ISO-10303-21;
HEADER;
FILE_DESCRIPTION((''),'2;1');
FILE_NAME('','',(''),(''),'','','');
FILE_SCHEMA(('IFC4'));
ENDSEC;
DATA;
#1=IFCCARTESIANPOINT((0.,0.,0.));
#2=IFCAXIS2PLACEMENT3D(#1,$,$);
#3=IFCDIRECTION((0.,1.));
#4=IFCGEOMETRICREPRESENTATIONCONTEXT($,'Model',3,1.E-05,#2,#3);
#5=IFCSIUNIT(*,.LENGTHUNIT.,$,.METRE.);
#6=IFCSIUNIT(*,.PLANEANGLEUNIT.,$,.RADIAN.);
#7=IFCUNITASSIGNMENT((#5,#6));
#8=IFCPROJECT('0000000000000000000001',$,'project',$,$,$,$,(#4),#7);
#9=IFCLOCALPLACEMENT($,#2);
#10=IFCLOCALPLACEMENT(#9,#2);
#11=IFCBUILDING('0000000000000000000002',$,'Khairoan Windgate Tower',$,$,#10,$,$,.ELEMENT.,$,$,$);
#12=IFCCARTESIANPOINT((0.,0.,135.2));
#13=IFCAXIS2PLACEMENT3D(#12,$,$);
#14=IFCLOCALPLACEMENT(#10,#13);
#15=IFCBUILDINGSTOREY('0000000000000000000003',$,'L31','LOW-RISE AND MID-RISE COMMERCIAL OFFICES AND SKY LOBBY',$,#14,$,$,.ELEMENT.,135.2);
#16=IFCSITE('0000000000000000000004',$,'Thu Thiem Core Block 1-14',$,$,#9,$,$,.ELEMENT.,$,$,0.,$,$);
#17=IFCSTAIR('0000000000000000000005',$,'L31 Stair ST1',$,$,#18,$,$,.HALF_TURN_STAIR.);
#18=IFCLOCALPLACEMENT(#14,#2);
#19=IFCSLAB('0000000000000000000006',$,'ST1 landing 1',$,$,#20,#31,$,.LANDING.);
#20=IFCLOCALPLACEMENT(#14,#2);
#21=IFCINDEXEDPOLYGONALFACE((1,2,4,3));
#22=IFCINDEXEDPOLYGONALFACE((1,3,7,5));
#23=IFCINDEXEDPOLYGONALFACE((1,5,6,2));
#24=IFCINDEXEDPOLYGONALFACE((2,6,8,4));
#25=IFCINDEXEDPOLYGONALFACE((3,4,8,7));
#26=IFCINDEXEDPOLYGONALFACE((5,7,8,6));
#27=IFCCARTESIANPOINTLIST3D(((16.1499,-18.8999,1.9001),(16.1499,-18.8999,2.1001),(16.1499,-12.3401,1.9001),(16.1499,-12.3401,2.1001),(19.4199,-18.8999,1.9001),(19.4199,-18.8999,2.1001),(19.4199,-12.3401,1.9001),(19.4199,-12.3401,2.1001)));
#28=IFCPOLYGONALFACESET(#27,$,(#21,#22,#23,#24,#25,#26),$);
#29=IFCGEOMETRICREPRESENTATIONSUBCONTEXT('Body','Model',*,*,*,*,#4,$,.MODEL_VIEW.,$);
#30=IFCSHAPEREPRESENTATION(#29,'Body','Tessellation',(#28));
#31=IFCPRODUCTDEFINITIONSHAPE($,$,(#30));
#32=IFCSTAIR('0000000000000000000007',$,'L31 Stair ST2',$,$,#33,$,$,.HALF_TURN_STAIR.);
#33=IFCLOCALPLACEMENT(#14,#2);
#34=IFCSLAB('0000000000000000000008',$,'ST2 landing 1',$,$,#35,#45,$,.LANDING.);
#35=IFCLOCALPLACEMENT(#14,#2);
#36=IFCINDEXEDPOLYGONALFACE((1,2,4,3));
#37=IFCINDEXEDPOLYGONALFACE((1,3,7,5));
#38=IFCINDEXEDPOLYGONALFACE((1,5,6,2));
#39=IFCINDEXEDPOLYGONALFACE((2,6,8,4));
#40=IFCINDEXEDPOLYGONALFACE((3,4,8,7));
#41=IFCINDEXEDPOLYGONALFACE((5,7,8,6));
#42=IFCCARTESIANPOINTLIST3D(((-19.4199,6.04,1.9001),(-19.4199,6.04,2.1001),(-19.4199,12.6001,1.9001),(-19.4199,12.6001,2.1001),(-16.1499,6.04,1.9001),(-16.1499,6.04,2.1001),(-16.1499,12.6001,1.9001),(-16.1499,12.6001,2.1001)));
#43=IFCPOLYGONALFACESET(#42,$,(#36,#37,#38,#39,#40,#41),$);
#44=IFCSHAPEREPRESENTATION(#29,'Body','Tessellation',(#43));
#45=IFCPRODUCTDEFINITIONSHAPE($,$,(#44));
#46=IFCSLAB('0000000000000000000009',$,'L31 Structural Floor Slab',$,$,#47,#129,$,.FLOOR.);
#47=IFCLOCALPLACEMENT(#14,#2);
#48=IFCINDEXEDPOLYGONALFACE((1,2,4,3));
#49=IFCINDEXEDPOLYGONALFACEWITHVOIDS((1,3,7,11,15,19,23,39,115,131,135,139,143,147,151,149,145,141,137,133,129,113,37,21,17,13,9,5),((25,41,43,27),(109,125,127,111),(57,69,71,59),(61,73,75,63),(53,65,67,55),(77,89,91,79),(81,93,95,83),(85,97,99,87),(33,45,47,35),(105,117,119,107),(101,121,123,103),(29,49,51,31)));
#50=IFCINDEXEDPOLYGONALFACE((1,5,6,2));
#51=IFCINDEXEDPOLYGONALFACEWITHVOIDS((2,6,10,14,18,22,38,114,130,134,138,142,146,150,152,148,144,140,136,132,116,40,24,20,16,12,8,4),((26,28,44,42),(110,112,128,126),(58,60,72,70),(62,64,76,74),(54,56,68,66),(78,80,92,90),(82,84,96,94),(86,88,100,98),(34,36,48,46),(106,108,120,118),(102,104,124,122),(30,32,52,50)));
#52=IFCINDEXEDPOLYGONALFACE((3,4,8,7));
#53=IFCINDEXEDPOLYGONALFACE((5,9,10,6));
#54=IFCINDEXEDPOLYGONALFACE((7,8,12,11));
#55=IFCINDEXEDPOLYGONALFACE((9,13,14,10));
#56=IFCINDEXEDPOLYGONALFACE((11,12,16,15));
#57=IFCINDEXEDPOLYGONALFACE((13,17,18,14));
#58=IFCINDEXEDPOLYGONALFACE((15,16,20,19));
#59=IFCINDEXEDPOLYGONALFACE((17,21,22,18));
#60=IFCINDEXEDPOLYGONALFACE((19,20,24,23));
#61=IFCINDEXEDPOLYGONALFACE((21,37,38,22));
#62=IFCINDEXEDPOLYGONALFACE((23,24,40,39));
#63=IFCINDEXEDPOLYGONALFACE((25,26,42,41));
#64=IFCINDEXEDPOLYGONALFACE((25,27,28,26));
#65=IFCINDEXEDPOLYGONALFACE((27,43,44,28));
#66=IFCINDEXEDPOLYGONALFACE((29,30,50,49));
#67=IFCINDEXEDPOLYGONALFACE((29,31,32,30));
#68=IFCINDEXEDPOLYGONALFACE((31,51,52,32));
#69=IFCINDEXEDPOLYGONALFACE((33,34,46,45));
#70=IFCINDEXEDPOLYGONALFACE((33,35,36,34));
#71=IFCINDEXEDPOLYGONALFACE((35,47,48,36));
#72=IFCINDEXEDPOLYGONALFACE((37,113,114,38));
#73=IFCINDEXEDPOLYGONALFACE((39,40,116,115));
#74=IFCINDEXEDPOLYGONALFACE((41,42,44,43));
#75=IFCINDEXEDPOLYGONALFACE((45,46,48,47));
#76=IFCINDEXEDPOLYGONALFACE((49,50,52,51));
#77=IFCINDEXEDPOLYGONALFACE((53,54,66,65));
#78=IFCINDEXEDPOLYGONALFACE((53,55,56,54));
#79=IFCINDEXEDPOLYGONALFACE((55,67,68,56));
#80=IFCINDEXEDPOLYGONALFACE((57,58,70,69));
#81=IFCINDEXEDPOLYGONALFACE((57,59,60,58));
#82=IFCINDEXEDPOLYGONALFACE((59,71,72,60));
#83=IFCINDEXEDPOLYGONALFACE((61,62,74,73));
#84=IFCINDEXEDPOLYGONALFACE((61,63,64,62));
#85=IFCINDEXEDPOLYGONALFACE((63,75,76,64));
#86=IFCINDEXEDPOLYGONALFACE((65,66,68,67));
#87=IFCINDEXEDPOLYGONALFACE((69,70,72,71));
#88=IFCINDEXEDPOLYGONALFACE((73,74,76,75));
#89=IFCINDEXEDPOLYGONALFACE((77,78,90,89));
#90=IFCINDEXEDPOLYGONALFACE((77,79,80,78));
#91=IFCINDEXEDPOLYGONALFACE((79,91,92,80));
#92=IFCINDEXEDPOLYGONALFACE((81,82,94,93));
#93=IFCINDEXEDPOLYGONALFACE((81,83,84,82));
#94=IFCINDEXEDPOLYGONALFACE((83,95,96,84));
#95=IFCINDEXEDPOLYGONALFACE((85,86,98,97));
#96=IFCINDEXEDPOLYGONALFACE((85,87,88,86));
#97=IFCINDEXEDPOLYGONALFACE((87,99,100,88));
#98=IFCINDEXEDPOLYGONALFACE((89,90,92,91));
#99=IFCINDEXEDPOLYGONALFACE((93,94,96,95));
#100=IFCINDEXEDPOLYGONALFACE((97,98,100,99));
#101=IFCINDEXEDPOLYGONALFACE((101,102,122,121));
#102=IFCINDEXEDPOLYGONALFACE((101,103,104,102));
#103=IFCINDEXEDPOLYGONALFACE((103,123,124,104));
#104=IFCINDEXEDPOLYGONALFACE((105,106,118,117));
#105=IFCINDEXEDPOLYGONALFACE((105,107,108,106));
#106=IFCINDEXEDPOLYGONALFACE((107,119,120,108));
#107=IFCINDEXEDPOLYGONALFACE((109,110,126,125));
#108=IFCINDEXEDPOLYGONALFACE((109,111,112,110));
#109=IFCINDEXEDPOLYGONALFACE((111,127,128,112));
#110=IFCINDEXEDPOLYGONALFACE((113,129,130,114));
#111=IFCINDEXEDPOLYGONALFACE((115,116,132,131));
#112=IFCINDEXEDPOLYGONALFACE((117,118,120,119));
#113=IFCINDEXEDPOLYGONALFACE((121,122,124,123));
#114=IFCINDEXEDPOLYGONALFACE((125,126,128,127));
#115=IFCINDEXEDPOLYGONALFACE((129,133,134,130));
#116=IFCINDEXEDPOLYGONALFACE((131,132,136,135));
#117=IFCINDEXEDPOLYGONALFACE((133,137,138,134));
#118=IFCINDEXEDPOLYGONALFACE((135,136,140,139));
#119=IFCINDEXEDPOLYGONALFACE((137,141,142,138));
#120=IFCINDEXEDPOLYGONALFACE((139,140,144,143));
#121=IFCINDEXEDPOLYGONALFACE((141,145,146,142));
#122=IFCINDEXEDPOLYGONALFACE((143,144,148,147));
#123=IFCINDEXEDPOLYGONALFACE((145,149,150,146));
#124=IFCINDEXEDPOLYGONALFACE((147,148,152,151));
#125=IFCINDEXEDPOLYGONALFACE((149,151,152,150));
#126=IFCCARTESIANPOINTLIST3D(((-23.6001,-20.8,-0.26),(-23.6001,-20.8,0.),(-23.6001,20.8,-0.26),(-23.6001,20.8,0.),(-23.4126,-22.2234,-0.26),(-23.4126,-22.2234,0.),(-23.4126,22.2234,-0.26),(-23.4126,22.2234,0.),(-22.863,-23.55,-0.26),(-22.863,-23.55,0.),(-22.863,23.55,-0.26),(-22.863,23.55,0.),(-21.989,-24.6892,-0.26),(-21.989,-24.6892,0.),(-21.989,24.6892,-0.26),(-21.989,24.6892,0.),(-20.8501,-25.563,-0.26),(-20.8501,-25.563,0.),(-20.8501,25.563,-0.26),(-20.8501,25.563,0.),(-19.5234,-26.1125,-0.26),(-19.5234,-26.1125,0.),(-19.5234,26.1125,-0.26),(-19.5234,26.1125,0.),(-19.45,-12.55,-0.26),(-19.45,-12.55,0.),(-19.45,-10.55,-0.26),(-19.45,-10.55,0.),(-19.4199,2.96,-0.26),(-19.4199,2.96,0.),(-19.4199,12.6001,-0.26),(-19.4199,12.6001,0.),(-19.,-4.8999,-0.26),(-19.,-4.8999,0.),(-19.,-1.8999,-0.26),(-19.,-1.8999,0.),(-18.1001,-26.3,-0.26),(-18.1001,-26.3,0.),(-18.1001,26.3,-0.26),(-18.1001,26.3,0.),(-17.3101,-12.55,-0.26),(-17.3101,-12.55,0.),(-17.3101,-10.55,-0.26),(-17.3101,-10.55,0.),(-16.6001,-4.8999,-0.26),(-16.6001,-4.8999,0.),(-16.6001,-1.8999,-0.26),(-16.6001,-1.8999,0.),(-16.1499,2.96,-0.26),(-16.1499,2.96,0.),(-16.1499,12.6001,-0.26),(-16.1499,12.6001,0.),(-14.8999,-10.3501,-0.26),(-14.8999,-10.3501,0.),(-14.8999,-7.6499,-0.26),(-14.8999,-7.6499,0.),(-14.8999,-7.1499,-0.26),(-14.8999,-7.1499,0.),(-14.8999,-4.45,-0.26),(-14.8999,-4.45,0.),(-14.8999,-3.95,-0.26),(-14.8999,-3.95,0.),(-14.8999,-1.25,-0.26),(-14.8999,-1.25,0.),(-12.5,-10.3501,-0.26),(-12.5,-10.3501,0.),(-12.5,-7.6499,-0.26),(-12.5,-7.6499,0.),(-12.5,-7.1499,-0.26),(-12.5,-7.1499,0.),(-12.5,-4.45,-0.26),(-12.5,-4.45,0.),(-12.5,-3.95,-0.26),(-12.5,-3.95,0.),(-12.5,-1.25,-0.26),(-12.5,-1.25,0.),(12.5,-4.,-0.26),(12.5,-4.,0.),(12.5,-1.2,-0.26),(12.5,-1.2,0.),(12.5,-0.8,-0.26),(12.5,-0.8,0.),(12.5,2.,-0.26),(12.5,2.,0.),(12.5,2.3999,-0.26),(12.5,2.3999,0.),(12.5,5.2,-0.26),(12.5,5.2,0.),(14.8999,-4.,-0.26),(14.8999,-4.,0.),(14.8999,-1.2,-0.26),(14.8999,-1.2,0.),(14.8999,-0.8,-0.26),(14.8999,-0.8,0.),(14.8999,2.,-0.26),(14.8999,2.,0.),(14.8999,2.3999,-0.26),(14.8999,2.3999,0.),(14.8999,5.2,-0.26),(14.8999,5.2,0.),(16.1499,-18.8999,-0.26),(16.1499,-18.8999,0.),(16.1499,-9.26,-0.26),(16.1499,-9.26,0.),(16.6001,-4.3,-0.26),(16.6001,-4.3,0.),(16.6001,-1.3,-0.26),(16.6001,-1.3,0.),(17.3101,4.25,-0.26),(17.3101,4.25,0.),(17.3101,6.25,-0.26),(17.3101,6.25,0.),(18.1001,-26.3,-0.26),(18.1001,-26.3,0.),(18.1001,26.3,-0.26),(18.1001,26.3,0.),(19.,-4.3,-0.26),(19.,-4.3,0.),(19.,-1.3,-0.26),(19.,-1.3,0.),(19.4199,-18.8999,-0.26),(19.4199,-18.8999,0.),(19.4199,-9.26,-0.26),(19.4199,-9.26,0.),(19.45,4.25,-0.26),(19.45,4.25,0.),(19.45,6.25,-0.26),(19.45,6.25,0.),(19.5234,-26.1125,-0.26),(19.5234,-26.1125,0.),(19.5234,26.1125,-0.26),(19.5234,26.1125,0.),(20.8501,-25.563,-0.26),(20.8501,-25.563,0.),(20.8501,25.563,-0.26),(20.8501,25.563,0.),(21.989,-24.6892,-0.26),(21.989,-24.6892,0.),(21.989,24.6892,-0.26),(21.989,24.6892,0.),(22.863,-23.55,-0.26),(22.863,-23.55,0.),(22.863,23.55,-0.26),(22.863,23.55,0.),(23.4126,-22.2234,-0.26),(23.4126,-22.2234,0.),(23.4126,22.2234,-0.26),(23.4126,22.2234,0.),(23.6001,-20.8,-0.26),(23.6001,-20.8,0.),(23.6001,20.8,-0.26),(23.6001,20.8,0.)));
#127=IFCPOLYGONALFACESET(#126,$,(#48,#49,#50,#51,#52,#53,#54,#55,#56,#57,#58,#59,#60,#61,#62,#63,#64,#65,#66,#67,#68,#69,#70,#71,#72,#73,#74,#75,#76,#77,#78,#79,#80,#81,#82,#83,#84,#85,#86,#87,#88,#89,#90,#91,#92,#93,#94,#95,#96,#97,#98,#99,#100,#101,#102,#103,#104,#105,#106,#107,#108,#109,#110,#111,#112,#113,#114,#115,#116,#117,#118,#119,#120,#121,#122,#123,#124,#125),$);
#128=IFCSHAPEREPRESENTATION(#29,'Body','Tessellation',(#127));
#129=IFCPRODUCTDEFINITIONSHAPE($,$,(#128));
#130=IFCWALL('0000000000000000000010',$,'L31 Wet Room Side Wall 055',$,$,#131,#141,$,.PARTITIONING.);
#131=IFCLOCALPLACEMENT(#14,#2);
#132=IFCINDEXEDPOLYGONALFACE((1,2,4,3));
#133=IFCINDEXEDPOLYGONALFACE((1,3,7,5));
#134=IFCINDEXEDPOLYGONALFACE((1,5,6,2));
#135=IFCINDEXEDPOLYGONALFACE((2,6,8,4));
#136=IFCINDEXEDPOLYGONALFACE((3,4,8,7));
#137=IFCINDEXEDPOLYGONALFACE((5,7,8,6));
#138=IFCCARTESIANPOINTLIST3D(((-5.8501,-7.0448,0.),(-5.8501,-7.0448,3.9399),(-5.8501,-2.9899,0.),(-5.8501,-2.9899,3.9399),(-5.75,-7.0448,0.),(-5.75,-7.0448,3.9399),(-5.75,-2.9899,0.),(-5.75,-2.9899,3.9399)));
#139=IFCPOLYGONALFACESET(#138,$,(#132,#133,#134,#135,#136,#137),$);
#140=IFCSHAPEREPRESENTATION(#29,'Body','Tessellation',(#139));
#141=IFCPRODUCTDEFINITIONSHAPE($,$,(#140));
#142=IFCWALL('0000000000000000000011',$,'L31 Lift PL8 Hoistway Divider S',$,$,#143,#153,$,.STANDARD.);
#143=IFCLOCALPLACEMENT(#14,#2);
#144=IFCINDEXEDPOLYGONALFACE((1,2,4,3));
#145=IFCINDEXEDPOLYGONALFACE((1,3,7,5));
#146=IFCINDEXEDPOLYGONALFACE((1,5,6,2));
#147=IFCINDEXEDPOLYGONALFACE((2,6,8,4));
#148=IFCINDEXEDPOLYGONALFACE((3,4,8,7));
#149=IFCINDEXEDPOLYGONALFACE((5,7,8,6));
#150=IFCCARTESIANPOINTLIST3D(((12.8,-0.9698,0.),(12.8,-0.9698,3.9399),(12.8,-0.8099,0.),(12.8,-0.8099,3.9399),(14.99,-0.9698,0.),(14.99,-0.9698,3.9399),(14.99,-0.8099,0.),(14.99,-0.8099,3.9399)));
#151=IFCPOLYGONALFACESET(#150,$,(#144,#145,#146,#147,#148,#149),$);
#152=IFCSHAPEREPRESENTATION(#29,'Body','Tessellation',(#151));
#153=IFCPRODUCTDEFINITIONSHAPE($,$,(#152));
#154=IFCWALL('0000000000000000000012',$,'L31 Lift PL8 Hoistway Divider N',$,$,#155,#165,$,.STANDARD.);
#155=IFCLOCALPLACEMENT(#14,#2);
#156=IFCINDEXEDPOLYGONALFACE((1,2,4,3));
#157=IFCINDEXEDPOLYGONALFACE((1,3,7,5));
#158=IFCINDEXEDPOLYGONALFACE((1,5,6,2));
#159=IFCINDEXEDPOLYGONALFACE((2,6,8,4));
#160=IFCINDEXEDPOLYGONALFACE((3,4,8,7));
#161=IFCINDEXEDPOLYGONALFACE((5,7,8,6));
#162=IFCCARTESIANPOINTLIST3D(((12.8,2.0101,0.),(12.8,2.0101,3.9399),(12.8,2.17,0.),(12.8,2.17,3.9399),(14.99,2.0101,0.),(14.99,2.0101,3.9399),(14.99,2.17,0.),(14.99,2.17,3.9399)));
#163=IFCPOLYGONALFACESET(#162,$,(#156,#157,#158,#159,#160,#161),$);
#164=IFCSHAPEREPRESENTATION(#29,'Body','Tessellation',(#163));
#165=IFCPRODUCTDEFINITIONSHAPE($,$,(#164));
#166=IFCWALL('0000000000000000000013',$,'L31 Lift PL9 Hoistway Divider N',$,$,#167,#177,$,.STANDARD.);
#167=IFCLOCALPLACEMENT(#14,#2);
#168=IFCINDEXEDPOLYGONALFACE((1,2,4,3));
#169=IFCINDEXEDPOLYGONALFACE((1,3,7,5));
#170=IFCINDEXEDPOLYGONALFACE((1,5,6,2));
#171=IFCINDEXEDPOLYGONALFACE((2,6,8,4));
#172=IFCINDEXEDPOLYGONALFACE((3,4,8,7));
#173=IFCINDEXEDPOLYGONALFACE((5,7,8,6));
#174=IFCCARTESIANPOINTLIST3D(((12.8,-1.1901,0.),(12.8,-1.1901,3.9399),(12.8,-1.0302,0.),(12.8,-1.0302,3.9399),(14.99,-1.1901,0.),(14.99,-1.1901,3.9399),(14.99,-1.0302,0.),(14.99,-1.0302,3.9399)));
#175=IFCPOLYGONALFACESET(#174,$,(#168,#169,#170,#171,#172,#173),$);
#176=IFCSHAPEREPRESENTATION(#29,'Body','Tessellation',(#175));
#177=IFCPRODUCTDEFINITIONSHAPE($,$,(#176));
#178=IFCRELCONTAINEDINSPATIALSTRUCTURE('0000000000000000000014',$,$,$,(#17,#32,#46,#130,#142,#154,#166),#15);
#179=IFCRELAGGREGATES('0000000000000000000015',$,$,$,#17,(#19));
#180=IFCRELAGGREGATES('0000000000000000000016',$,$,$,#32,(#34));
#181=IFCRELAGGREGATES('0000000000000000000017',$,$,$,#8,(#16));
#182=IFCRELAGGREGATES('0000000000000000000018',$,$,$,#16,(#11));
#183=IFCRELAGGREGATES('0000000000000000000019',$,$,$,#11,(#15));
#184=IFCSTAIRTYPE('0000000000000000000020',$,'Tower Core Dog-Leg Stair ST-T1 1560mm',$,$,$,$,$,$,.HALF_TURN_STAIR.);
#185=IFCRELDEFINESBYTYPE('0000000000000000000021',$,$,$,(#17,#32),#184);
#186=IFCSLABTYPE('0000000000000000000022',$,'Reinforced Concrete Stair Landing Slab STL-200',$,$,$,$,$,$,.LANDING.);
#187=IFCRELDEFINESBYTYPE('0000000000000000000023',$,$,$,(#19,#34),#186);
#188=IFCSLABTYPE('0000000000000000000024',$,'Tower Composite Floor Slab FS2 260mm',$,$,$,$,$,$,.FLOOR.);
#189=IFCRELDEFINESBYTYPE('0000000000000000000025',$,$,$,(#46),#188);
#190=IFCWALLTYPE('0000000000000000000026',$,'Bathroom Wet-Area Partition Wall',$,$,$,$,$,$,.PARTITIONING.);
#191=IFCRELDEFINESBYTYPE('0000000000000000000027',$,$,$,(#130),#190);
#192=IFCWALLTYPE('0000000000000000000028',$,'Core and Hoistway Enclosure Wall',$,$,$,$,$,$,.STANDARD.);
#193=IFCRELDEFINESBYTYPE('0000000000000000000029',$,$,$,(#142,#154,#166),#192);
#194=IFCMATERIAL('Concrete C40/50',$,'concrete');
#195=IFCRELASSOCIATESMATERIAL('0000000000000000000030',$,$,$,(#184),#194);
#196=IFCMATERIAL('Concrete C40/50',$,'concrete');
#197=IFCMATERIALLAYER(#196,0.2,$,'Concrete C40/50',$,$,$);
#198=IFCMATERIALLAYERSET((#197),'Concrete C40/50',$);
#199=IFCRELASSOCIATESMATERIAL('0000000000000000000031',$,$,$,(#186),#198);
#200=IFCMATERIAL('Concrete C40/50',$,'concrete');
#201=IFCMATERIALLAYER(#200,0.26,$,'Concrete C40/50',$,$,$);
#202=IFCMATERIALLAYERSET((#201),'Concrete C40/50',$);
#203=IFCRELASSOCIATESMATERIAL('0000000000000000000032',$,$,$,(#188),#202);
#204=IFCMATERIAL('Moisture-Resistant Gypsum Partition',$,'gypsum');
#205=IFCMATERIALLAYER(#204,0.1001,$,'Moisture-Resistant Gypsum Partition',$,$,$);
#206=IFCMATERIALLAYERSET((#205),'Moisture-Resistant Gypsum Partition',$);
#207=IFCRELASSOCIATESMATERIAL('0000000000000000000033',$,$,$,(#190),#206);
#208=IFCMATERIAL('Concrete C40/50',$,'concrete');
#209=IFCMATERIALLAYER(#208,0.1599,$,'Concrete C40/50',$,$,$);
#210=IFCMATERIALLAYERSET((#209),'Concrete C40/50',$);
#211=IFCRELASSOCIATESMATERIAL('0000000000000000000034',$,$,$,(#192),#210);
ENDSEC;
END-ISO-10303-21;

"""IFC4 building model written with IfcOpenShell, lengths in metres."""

from ifc_helpers import new_model, si_unit, direction, frame, frame_2d, origin, place, context, subcontext, project, spatial, polyline, rectangle, outline, extrude, material, layer, layer_set, type_object, element, aggregate, save


model = new_model("IFC4")

# Units and contexts
model_context = context("Model", 3, precision=1e-05, world=origin(), true_north=direction((0.0, 1.0)))
body_context = subcontext(model_context, "Body", "Model", "MODEL_VIEW")
ifc_project = project(units=[si_unit("LENGTHUNIT", "METRE"), si_unit("PLANEANGLEUNIT", "RADIAN")], contexts=[model_context])

# Site, building, storey
site_placement = place(None, origin())
site = spatial("IfcSite", under=ifc_project, at=site_placement, Name="Thu Thiem Core Block 1-14", CompositionType="ELEMENT", RefElevation=0.0)
building_placement = place(site_placement, origin())
building = spatial("IfcBuilding", under=site, at=building_placement, Name="Khairoan Windgate Tower", CompositionType="ELEMENT")
storey_placement = place(building_placement, frame((0.0, 0.0, 135.2)))
storey = spatial("IfcBuildingStorey", under=building, at=storey_placement, Name="L31", Description="LOW-RISE AND MID-RISE COMMERCIAL OFFICES AND SKY LOBBY", CompositionType="ELEMENT", Elevation=135.2)

# Stairs, slabs
ifc_material_1 = material(Name="Concrete C40/50", Category="concrete")
stair_type = type_object("IfcStairType", Name="Tower Core Dog-Leg Stair ST-T1 1560mm", PredefinedType="HALF_TURN_STAIR", material=ifc_material_1)
stair_1_placement = place(storey_placement, origin())
stair_1 = element("IfcStair", 1, at=stair_1_placement, inside=storey, type_object=stair_type, Name="L31 Stair ST1", PredefinedType="HALF_TURN_STAIR")
ifc_material_2 = material(Name="Concrete C40/50", Category="concrete")
ifc_layer_1 = layer(ifc_material_2, 0.2, Name="Concrete C40/50")
ifc_layer_set_1 = layer_set([ifc_layer_1], Name="Concrete C40/50")
slab_type_1 = type_object("IfcSlabType", Name="Reinforced Concrete Stair Landing Slab STL-200", PredefinedType="LANDING", material=ifc_layer_set_1)
slab_1_placement = place(storey_placement, frame((0.0, 0.0, 1.9001)))
slab_1 = element("IfcSlab", 2, at=slab_1_placement, type_object=slab_type_1, Name="ST1 landing 1", PredefinedType="LANDING", context=body_context, shape_type="SweptSolid", body=[
    extrude(outline(polyline([(16.1499, -12.3401), (16.1499, -18.8999), (19.4199, -18.8999), (19.4199, -12.3401), (16.1499, -12.3401)])), origin(), (0.0, 0.0, 1.0), 0.2),
])
aggregate(stair_1, [slab_1])
stair_2_placement = place(storey_placement, origin())
stair_2 = element("IfcStair", 3, at=stair_2_placement, inside=storey, type_object=stair_type, Name="L31 Stair ST2", PredefinedType="HALF_TURN_STAIR")
slab_2_placement = place(storey_placement, frame((0.0, 0.0, 1.9001)))
slab_2 = element("IfcSlab", 4, at=slab_2_placement, type_object=slab_type_1, Name="ST2 landing 1", PredefinedType="LANDING", context=body_context, shape_type="SweptSolid", body=[
    extrude(outline(polyline([(-16.1499, 6.04), (-16.1499, 12.6001), (-19.4199, 12.6001), (-19.4199, 6.04), (-16.1499, 6.04)])), origin(), (0.0, 0.0, 1.0), 0.2),
])
aggregate(stair_2, [slab_2])

# Slab
ifc_material_3 = material(Name="Concrete C40/50", Category="concrete")
ifc_layer_2 = layer(ifc_material_3, 0.26, Name="Concrete C40/50")
ifc_layer_set_2 = layer_set([ifc_layer_2], Name="Concrete C40/50")
slab_type_2 = type_object("IfcSlabType", Name="Tower Composite Floor Slab FS2 260mm", PredefinedType="FLOOR", material=ifc_layer_set_2)
slab_3_placement = place(storey_placement, frame((0.0, 0.0, -0.26)))
element("IfcSlab", 5, at=slab_3_placement, inside=storey, type_object=slab_type_2, Name="L31 Structural Floor Slab", PredefinedType="FLOOR", context=body_context, shape_type="SweptSolid", body=[
    extrude(outline(polyline([(18.1001, -26.3), (19.5234, -26.1125), (20.8501, -25.563), (21.989, -24.6892), (22.863, -23.55), (23.4126, -22.2234), (23.6001, -20.8), (23.6001, 20.8), (23.4126, 22.2234), (22.863, 23.55), (21.989, 24.6892), (20.8501, 25.563), (19.5234, 26.1125), (18.1001, 26.3), (-18.1001, 26.3), (-19.5234, 26.1125), (-20.8501, 25.563), (-21.989, 24.6892), (-22.863, 23.55), (-23.4126, 22.2234), (-23.6001, 20.8), (-23.6001, -20.8), (-23.4126, -22.2234), (-22.863, -23.55), (-21.989, -24.6892), (-20.8501, -25.563), (-19.5234, -26.1125), (-18.1001, -26.3), (18.1001, -26.3)]), holes=[polyline([(16.1499, -9.26), (16.1499, -18.8999), (19.4199, -18.8999), (19.4199, -9.26), (16.1499, -9.26)]), polyline([(-16.1499, 2.96), (-16.1499, 12.6001), (-19.4199, 12.6001), (-19.4199, 2.96), (-16.1499, 2.96)]), polyline([(-14.8999, -3.95), (-12.5, -3.95), (-12.5, -1.25), (-14.8999, -1.25), (-14.8999, -3.95)]), polyline([(-14.8999, -7.1499), (-12.5, -7.1499), (-12.5, -4.45), (-14.8999, -4.45), (-14.8999, -7.1499)]), polyline([(-14.8999, -10.3501), (-12.5, -10.3501), (-12.5, -7.6499), (-14.8999, -7.6499), (-14.8999, -10.3501)]), polyline([(12.5, 2.3999), (14.8999, 2.3999), (14.8999, 5.2), (12.5, 5.2), (12.5, 2.3999)]), polyline([(12.5, -0.8), (14.8999, -0.8), (14.8999, 2.0), (12.5, 2.0), (12.5, -0.8)]), polyline([(12.5, -4.0), (14.8999, -4.0), (14.8999, -1.2), (12.5, -1.2), (12.5, -4.0)]), polyline([(16.6001, -4.3), (19.0, -4.3), (19.0, -1.3), (16.6001, -1.3), (16.6001, -4.3)]), polyline([(-19.0, -4.8999), (-16.6001, -4.8999), (-16.6001, -1.8999), (-19.0, -1.8999), (-19.0, -4.8999)]), polyline([(-19.45, -12.55), (-17.3101, -12.55), (-17.3101, -10.55), (-19.45, -10.55), (-19.45, -12.55)]), polyline([(17.3101, 4.25), (19.45, 4.25), (19.45, 6.25), (17.3101, 6.25), (17.3101, 4.25)])]), origin(), (0.0, 0.0, 1.0), 0.26),
])

# Walls
ifc_material_4 = material(Name="Moisture-Resistant Gypsum Partition", Category="gypsum")
ifc_layer_3 = layer(ifc_material_4, 0.1001, Name="Moisture-Resistant Gypsum Partition")
ifc_layer_set_3 = layer_set([ifc_layer_3], Name="Moisture-Resistant Gypsum Partition")
wall_type_1 = type_object("IfcWallType", Name="Bathroom Wet-Area Partition Wall", PredefinedType="PARTITIONING", material=ifc_layer_set_3)
wall_1_placement = place(storey_placement, frame((-5.8, -2.99, 0.0), z_axis=(0.0, 0.0, 1.0), x_axis=(0.0, -1.0, 0.0)))
element("IfcWall", 6, at=wall_1_placement, inside=storey, type_object=wall_type_1, Name="L31 Wet Room Side Wall 055", PredefinedType="PARTITIONING", context=body_context, shape_type="SweptSolid", body=[
    extrude(rectangle(XDim=4.0549, YDim=0.1001, at=frame_2d((2.0273, 0.0))), origin(), (0.0, 0.0, 1.0), 3.9399),
])
ifc_material_5 = material(Name="Concrete C40/50", Category="concrete")
ifc_layer_4 = layer(ifc_material_5, 0.1599, Name="Concrete C40/50")
ifc_layer_set_4 = layer_set([ifc_layer_4], Name="Concrete C40/50")
wall_type_2 = type_object("IfcWallType", Name="Core and Hoistway Enclosure Wall", PredefinedType="STANDARD", material=ifc_layer_set_4)
for number, where, z_axis, x_axis, name in (
    (7, (12.8, -0.8899, 0.0), (0.0, 0.0, 1.0), (1.0, 0.0, 0.0), "L31 Lift PL8 Hoistway Divider S"),
    (8, (12.8, 2.0901, 0.0), (0.0, 0.0, 1.0), (1.0, 0.0, 0.0), "L31 Lift PL8 Hoistway Divider N"),
    (9, (12.8, -1.1101, 0.0), (0.0, 0.0, 1.0), (1.0, 0.0, 0.0), "L31 Lift PL9 Hoistway Divider N"),
):
    element("IfcWall", number, at=place(storey_placement, frame(where, z_axis=z_axis, x_axis=x_axis)), inside=storey, type_object=wall_type_2, Name=name, PredefinedType="STANDARD", context=body_context, shape_type="SweptSolid", body=[
        extrude(rectangle(XDim=2.1899, YDim=0.1599, at=frame_2d((1.095, 0.0))), origin(), (0.0, 0.0, 1.0), 3.9399),
    ])

save(model, "model.ifc")
